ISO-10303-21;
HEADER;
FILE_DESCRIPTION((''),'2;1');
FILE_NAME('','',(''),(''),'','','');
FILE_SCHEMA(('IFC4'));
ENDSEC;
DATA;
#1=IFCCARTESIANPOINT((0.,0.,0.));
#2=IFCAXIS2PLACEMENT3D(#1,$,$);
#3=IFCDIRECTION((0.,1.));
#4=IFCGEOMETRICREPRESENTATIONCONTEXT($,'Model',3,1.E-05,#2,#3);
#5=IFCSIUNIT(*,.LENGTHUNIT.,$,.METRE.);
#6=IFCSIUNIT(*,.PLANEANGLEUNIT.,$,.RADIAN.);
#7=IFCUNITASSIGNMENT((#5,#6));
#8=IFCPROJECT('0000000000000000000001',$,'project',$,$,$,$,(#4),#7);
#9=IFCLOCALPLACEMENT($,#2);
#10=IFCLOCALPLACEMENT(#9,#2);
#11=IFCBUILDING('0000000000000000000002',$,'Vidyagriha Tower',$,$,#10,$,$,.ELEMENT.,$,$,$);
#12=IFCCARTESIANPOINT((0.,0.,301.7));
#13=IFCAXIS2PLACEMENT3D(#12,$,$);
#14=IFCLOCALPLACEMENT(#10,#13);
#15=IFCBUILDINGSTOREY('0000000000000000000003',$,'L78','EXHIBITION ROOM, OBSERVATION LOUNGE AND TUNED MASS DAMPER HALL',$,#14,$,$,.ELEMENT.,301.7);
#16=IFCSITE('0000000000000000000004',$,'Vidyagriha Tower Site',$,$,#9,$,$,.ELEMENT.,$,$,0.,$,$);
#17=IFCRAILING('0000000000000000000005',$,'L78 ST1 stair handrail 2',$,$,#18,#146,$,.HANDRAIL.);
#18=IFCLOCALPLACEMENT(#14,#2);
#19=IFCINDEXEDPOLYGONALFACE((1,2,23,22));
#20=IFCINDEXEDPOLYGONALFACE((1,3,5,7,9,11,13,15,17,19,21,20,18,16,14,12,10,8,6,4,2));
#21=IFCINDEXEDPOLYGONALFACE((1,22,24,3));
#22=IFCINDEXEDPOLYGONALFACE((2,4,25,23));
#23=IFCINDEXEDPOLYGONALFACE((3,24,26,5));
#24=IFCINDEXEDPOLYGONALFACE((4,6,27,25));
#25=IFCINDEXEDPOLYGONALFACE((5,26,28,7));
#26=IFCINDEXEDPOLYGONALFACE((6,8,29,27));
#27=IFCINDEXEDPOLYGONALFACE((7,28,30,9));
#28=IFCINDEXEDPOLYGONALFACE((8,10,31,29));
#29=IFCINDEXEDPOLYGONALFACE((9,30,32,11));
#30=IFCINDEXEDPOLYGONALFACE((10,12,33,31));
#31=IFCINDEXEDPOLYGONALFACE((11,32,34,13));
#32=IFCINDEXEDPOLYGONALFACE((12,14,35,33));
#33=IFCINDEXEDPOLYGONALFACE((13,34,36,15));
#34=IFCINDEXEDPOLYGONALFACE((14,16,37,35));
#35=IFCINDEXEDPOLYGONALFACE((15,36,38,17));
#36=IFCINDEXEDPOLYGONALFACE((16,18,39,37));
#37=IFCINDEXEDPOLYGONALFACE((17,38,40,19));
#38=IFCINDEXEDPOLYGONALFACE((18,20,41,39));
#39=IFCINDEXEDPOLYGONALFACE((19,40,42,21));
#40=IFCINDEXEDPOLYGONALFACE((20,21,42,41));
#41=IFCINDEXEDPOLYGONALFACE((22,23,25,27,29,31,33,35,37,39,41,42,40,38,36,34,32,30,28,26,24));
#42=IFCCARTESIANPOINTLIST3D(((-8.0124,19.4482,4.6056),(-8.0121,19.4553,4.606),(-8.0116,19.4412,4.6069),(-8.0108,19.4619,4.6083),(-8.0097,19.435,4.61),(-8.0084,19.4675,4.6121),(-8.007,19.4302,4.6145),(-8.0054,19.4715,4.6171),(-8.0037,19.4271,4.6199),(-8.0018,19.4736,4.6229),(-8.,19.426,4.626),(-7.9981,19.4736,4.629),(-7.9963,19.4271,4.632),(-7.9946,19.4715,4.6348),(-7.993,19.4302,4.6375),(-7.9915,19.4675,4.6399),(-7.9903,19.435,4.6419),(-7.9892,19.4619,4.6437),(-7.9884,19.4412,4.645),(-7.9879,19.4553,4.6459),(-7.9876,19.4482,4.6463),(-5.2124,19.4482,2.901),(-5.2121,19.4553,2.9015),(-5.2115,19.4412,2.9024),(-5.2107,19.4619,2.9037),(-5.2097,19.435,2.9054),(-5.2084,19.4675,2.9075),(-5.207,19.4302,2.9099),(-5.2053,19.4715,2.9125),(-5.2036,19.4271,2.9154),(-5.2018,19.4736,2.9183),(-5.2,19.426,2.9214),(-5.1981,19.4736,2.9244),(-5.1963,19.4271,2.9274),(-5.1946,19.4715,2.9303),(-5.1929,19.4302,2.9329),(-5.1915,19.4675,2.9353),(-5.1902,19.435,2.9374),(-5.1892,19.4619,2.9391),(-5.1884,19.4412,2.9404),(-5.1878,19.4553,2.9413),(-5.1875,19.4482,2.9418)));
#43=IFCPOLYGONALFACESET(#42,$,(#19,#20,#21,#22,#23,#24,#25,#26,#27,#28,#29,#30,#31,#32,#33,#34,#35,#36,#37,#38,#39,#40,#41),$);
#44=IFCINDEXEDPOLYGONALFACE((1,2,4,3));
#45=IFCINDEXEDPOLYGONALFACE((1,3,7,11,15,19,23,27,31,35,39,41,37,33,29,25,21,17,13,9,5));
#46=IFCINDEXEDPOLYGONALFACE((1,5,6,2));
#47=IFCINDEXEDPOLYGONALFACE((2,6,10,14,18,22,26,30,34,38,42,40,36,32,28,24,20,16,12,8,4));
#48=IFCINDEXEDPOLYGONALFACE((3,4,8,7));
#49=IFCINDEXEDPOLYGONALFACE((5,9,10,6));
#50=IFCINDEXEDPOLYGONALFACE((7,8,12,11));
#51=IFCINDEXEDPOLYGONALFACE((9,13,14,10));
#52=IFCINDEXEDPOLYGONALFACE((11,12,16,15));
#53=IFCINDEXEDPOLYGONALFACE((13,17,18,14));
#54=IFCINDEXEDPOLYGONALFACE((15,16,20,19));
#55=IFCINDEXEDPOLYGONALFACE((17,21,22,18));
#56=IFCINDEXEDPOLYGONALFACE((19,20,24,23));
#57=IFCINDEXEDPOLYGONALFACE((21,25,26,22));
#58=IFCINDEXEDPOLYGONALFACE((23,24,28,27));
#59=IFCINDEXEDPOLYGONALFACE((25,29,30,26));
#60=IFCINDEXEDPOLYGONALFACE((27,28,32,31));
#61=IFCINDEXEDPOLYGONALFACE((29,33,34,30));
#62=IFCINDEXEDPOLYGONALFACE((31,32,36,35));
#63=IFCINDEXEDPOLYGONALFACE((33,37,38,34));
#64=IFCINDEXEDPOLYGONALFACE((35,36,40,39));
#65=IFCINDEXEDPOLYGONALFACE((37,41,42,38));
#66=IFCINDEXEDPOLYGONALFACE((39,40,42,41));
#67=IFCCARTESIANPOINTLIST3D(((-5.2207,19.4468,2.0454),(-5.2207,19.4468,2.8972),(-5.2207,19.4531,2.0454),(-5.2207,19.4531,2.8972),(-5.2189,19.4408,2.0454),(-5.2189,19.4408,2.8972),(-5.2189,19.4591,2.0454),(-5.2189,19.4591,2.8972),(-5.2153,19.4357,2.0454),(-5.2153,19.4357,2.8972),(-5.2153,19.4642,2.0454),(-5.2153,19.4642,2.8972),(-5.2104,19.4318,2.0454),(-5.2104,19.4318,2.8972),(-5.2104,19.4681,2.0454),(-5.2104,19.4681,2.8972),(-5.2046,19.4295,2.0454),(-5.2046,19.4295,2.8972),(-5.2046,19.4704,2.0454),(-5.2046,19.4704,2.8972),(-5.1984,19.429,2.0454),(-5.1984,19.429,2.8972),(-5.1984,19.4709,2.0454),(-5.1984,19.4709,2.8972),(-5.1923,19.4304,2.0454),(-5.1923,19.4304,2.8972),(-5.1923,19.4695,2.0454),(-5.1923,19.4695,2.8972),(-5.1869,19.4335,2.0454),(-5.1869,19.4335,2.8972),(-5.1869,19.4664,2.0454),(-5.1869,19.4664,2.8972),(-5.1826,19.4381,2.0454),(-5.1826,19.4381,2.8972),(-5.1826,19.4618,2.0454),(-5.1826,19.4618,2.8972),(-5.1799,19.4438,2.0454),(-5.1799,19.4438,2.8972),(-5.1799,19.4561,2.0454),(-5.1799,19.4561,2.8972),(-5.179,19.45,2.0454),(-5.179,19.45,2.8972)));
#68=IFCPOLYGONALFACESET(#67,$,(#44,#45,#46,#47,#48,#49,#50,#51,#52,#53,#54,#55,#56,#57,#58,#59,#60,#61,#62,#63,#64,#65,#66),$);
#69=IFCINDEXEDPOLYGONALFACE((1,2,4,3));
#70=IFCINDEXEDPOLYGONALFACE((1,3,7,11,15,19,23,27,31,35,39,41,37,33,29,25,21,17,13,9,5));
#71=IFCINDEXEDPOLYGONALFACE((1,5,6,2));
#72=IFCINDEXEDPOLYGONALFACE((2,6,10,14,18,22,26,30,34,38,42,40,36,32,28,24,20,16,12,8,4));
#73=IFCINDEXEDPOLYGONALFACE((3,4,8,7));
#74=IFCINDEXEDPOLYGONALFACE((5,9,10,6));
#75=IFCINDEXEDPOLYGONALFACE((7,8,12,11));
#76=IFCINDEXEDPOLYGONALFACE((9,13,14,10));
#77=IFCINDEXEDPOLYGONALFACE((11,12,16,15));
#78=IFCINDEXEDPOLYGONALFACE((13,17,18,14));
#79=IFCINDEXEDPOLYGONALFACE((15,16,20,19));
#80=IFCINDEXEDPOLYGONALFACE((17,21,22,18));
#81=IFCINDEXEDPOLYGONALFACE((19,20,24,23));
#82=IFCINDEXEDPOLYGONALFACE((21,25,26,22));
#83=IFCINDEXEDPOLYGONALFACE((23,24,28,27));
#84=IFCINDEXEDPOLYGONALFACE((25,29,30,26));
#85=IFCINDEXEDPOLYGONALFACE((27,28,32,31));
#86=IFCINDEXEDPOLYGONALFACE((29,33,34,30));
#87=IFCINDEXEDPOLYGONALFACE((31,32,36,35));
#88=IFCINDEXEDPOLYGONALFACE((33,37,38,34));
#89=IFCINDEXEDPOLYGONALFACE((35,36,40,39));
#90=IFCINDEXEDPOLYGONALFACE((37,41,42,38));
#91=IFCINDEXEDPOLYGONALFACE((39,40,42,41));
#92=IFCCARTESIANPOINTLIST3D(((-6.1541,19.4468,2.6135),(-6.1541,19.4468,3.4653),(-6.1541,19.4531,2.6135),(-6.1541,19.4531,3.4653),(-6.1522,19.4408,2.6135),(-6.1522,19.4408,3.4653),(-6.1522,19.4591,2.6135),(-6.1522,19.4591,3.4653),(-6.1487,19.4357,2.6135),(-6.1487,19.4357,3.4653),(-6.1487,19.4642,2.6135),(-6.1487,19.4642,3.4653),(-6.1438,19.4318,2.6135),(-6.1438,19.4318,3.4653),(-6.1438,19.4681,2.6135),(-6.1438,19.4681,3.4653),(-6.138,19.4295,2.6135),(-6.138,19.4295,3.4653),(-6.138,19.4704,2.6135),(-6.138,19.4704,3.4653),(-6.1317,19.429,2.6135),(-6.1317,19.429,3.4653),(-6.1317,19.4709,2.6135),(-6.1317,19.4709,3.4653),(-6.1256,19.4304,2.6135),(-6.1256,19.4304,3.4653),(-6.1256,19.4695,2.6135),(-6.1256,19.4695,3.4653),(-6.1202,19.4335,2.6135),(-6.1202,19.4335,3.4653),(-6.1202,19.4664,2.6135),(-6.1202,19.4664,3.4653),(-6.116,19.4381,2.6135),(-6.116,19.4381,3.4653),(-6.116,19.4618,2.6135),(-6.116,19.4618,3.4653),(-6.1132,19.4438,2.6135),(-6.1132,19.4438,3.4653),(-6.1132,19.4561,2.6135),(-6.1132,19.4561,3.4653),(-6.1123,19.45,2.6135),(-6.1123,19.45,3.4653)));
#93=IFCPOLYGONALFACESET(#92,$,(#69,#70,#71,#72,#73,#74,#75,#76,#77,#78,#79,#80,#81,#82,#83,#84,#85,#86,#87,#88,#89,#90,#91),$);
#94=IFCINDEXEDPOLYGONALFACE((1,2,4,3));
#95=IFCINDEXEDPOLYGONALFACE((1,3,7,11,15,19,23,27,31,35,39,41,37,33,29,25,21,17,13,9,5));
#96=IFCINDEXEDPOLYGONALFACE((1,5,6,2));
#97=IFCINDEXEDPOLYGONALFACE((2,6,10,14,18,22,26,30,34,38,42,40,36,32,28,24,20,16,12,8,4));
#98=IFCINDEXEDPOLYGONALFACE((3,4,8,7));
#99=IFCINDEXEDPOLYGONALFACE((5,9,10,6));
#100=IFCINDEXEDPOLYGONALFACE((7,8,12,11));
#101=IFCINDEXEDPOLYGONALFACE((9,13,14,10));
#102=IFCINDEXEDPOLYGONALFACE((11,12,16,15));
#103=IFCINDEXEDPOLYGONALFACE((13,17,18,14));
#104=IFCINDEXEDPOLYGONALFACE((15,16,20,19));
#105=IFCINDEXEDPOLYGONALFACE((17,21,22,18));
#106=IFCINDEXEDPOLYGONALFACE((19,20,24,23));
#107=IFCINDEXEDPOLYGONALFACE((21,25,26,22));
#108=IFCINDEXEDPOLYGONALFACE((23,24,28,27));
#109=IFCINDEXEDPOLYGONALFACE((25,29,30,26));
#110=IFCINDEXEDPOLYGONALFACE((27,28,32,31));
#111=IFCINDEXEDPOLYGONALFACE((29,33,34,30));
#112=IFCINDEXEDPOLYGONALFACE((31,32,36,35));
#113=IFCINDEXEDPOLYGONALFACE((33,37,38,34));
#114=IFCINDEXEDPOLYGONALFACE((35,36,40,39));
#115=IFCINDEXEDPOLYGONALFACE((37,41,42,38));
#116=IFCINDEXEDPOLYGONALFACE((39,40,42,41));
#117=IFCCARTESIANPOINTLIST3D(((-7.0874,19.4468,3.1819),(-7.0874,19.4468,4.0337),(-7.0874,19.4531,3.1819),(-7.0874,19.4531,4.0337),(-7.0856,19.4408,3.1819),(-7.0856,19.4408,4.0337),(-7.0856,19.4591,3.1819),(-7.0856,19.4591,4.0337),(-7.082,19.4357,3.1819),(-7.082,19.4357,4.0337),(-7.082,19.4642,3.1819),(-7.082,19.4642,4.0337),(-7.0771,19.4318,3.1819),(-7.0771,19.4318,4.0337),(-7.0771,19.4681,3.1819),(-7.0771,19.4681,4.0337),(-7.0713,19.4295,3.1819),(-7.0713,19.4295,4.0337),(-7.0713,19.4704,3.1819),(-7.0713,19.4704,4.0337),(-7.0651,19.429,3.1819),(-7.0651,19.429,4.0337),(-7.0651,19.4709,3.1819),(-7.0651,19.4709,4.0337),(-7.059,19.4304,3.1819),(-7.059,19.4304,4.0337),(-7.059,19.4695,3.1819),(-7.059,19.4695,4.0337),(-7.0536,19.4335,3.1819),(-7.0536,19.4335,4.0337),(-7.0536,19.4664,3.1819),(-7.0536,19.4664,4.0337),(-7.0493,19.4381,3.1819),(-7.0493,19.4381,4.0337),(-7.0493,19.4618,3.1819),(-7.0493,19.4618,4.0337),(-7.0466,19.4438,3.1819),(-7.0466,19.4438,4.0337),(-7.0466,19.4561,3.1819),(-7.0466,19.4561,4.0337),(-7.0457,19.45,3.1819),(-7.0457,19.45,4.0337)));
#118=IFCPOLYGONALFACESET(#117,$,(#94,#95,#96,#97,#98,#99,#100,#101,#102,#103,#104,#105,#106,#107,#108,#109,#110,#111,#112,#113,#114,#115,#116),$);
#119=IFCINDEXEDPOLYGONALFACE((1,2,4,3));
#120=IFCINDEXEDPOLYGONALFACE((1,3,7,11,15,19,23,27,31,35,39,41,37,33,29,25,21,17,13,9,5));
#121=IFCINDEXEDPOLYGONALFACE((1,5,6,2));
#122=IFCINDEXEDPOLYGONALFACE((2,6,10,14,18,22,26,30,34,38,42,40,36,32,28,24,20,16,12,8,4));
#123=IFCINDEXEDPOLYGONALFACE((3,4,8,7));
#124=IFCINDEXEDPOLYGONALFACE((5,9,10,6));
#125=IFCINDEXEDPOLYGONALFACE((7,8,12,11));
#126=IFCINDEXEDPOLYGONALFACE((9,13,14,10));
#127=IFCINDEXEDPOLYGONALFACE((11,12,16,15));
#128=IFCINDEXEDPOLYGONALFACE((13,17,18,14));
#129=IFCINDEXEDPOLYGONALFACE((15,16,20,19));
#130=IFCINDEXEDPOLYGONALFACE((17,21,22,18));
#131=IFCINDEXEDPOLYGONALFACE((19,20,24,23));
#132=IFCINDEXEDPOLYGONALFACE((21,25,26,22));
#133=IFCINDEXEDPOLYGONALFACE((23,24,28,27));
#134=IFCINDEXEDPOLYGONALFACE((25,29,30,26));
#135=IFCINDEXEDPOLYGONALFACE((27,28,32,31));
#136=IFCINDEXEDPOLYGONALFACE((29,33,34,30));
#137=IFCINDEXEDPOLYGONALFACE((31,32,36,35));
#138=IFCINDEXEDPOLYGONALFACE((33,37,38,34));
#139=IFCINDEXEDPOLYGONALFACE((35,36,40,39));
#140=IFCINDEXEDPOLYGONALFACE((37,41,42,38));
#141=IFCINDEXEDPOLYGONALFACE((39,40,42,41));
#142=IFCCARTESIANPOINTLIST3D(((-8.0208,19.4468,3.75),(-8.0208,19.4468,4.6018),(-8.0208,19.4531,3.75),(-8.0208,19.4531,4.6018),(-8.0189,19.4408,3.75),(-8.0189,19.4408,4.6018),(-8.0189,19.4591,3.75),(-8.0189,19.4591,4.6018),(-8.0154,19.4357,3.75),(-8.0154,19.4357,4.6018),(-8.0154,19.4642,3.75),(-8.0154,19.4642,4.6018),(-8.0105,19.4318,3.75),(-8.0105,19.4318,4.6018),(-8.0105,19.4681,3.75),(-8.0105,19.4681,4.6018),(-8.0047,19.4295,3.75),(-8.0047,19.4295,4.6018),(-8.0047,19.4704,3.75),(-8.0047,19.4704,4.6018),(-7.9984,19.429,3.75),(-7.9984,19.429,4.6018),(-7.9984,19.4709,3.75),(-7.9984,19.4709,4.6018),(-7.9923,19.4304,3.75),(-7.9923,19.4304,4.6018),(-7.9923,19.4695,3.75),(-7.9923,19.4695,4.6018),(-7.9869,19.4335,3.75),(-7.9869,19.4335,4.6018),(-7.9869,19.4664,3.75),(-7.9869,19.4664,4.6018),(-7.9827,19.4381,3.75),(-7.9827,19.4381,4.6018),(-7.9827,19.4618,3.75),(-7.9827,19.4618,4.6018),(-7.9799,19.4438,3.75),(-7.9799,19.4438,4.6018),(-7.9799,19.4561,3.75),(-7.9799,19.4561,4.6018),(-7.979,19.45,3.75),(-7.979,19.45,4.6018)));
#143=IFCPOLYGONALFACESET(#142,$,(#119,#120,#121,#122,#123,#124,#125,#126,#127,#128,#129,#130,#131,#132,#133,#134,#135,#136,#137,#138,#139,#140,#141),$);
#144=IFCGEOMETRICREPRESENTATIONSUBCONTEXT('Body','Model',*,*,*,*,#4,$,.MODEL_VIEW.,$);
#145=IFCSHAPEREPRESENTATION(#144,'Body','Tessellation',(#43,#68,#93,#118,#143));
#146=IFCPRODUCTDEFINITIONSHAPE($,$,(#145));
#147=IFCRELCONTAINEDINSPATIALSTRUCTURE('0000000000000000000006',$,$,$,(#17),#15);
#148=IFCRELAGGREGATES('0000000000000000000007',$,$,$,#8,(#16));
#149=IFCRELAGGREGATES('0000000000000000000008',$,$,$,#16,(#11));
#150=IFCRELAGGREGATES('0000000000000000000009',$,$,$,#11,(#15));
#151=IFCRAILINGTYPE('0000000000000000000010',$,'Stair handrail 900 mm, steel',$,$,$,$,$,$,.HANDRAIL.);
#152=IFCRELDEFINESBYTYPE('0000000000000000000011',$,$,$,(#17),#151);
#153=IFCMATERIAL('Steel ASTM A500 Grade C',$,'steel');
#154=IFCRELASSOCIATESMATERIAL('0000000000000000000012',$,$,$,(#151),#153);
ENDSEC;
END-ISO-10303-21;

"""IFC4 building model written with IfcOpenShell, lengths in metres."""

from ifc_helpers import new_model, si_unit, direction, frame, origin, origin_2d, place, context, subcontext, project, spatial, circle, extrude, material, type_object, element, save


model = new_model("IFC4")

# Units and contexts
model_context = context("Model", 3, precision=1e-05, world=origin(), true_north=direction((0.0, 1.0)))
body_context = subcontext(model_context, "Body", "Model", "MODEL_VIEW")
ifc_project = project(units=[si_unit("LENGTHUNIT", "METRE"), si_unit("PLANEANGLEUNIT", "RADIAN")], contexts=[model_context])

# Site, building, storey
site_placement = place(None, origin())
site = spatial("IfcSite", under=ifc_project, at=site_placement, Name="Vidyagriha Tower Site", CompositionType="ELEMENT", RefElevation=0.0)
building_placement = place(site_placement, origin())
building = spatial("IfcBuilding", under=site, at=building_placement, Name="Vidyagriha Tower", CompositionType="ELEMENT")
storey_placement = place(building_placement, frame((0.0, 0.0, 301.7)))
storey = spatial("IfcBuildingStorey", under=building, at=storey_placement, Name="L78", Description="EXHIBITION ROOM, OBSERVATION LOUNGE AND TUNED MASS DAMPER HALL", CompositionType="ELEMENT", Elevation=301.7)

# Railing
ifc_material_1 = material(Name="Steel ASTM A500 Grade C", Category="steel")
railing_type_1 = type_object("IfcRailingType", Name="Stair handrail 900 mm, steel", PredefinedType="HANDRAIL", material=ifc_material_1)
for number, where, name in (
    (1, (-5.2, 19.45, 2.0454), "L78 ST1 stair handrail 2"),
):
    element("IfcRailing", number, at=place(storey_placement, frame(where)), inside=storey, type_object=railing_type_1, Name=name, PredefinedType="HANDRAIL", context=body_context, shape_type="SweptSolid", body=[
        extrude(circle(Radius=0.0239, at=origin_2d()), frame((0.0, 0.0, 0.876), z_axis=(-0.85417, 0.0, 0.519994), x_axis=(0.0, -1.0, 0.0)), (0.0, 0.0, 1.0), 3.2781),
        extrude(circle(Radius=0.021, at=origin_2d()), origin(), (0.0, 0.0, 1.0), 0.8518),
        extrude(circle(Radius=0.021, at=origin_2d()), frame((-0.9333, 0.0, 0.5681)), (0.0, 0.0, 1.0), 0.8518),
        extrude(circle(Radius=0.021, at=origin_2d()), frame((-1.8667, 0.0, 1.1365)), (0.0, 0.0, 1.0), 0.8518),
        extrude(circle(Radius=0.021, at=origin_2d()), frame((-2.8, 0.0, 1.7046)), (0.0, 0.0, 1.0), 0.8518),
    ])

save(model, "model.ifc")
